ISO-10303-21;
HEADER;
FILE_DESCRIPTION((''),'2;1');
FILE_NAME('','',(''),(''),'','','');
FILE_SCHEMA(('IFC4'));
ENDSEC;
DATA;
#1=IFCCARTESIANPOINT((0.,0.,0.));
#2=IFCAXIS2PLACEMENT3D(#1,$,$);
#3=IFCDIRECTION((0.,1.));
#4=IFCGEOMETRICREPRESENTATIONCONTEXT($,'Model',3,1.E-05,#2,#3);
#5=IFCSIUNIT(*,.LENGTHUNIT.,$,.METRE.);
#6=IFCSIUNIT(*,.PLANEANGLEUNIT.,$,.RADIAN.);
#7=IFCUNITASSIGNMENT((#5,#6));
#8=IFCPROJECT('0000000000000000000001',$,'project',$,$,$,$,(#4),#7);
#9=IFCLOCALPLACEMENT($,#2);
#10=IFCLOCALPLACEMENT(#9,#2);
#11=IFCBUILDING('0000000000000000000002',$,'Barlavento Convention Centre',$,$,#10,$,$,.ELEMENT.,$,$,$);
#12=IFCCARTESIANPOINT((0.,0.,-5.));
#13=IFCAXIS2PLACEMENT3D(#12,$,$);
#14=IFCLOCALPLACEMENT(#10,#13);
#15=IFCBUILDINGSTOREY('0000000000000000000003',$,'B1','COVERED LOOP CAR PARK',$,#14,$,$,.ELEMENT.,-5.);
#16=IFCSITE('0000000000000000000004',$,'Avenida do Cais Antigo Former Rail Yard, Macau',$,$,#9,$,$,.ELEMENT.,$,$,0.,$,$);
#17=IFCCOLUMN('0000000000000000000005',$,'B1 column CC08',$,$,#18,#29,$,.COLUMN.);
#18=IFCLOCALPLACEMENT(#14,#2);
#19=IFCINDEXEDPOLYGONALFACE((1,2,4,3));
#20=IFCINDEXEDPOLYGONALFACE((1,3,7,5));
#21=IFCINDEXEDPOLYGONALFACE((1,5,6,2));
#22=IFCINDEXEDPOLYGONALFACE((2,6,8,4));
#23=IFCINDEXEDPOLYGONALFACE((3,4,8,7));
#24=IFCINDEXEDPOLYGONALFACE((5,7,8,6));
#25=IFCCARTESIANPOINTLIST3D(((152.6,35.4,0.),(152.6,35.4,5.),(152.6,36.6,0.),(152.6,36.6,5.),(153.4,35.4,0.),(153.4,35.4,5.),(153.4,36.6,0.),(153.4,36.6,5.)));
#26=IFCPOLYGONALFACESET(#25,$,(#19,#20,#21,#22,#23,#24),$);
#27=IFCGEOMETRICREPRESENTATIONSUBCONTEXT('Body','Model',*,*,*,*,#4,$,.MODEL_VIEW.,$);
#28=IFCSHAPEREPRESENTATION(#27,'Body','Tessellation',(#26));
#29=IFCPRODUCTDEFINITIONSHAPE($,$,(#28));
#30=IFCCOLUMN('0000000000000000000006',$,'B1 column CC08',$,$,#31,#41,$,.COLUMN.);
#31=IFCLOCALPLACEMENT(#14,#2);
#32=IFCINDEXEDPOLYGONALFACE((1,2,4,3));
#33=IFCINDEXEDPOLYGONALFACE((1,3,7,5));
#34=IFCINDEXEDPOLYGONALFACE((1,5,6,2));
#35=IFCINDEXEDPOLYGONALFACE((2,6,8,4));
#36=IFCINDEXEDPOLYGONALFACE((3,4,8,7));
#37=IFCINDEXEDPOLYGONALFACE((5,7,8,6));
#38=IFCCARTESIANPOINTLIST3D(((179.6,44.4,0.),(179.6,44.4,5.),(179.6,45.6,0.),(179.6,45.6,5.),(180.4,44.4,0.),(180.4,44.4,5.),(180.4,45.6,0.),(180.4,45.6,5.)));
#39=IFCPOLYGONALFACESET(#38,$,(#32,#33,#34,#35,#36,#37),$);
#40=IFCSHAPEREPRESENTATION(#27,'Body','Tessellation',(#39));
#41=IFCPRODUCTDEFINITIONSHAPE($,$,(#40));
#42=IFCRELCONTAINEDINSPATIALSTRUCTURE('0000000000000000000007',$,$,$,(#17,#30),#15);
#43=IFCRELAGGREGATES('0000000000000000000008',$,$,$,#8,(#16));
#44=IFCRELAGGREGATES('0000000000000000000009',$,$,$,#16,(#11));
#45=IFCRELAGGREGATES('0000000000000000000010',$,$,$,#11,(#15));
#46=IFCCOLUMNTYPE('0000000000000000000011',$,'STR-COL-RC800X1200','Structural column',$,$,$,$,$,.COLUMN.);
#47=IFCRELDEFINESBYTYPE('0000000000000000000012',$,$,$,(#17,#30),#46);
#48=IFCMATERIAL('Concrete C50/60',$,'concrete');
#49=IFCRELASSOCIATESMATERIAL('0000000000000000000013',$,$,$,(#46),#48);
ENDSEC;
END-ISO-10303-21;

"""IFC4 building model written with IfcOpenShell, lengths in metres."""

from ifc_helpers import new_model, si_unit, direction, frame, origin, origin_2d, place, context, subcontext, project, spatial, rectangle, extrude, material, material_profile, profile_set, type_object, element, save


model = new_model("IFC4")

# Units and contexts
model_context = context("Model", 3, precision=1e-05, world=origin(), true_north=direction((0.0, 1.0)))
body_context = subcontext(model_context, "Body", "Model", "MODEL_VIEW")
ifc_project = project(units=[si_unit("LENGTHUNIT", "METRE"), si_unit("PLANEANGLEUNIT", "RADIAN")], contexts=[model_context])

# Site, building, storey
site_placement = place(None, origin())
site = spatial("IfcSite", under=ifc_project, at=site_placement, Name="Avenida do Cais Antigo Former Rail Yard, Macau", CompositionType="ELEMENT", RefElevation=0.0)
building_placement = place(site_placement, origin())
building = spatial("IfcBuilding", under=site, at=building_placement, Name="Barlavento Convention Centre", CompositionType="ELEMENT")
storey_placement = place(building_placement, frame((0.0, 0.0, -5.0)))
storey = spatial("IfcBuildingStorey", under=building, at=storey_placement, Name="B1", Description="COVERED LOOP CAR PARK", CompositionType="ELEMENT", Elevation=-5.0)

# Columns
ifc_material_1 = material(Name="Concrete C50/60", Category="concrete")
ifc_material_profile_1 = material_profile(ifc_material_1, rectangle(XDim=0.8, YDim=1.2, at=origin_2d()), Name="RC 800x1200")
ifc_profile_set_1 = profile_set([ifc_material_profile_1], Name="Concrete C50/60")
column_type_1 = type_object("IfcColumnType", Name="STR-COL-RC800X1200", Description="Structural column", PredefinedType="COLUMN", material=ifc_profile_set_1)
for number, where, z_axis, x_axis, name in (
    (1, (153.0, 36.0, 0.0), (0.0, 0.0, 1.0), (1.0, 0.0, 0.0), "B1 column CC08"),
    (2, (180.0, 45.0, 0.0), (0.0, 0.0, 1.0), (1.0, 0.0, 0.0), "B1 column CC08"),
):
    element("IfcColumn", number, at=place(storey_placement, frame(where, z_axis=z_axis, x_axis=x_axis)), inside=storey, type_object=column_type_1, Name=name, PredefinedType="COLUMN", context=body_context, shape_type="SweptSolid", body=[
        extrude(rectangle(XDim=0.8, YDim=1.2, at=origin_2d()), origin(), (0.0, 0.0, 1.0), 5.0),
    ])

save(model, "model.ifc")
